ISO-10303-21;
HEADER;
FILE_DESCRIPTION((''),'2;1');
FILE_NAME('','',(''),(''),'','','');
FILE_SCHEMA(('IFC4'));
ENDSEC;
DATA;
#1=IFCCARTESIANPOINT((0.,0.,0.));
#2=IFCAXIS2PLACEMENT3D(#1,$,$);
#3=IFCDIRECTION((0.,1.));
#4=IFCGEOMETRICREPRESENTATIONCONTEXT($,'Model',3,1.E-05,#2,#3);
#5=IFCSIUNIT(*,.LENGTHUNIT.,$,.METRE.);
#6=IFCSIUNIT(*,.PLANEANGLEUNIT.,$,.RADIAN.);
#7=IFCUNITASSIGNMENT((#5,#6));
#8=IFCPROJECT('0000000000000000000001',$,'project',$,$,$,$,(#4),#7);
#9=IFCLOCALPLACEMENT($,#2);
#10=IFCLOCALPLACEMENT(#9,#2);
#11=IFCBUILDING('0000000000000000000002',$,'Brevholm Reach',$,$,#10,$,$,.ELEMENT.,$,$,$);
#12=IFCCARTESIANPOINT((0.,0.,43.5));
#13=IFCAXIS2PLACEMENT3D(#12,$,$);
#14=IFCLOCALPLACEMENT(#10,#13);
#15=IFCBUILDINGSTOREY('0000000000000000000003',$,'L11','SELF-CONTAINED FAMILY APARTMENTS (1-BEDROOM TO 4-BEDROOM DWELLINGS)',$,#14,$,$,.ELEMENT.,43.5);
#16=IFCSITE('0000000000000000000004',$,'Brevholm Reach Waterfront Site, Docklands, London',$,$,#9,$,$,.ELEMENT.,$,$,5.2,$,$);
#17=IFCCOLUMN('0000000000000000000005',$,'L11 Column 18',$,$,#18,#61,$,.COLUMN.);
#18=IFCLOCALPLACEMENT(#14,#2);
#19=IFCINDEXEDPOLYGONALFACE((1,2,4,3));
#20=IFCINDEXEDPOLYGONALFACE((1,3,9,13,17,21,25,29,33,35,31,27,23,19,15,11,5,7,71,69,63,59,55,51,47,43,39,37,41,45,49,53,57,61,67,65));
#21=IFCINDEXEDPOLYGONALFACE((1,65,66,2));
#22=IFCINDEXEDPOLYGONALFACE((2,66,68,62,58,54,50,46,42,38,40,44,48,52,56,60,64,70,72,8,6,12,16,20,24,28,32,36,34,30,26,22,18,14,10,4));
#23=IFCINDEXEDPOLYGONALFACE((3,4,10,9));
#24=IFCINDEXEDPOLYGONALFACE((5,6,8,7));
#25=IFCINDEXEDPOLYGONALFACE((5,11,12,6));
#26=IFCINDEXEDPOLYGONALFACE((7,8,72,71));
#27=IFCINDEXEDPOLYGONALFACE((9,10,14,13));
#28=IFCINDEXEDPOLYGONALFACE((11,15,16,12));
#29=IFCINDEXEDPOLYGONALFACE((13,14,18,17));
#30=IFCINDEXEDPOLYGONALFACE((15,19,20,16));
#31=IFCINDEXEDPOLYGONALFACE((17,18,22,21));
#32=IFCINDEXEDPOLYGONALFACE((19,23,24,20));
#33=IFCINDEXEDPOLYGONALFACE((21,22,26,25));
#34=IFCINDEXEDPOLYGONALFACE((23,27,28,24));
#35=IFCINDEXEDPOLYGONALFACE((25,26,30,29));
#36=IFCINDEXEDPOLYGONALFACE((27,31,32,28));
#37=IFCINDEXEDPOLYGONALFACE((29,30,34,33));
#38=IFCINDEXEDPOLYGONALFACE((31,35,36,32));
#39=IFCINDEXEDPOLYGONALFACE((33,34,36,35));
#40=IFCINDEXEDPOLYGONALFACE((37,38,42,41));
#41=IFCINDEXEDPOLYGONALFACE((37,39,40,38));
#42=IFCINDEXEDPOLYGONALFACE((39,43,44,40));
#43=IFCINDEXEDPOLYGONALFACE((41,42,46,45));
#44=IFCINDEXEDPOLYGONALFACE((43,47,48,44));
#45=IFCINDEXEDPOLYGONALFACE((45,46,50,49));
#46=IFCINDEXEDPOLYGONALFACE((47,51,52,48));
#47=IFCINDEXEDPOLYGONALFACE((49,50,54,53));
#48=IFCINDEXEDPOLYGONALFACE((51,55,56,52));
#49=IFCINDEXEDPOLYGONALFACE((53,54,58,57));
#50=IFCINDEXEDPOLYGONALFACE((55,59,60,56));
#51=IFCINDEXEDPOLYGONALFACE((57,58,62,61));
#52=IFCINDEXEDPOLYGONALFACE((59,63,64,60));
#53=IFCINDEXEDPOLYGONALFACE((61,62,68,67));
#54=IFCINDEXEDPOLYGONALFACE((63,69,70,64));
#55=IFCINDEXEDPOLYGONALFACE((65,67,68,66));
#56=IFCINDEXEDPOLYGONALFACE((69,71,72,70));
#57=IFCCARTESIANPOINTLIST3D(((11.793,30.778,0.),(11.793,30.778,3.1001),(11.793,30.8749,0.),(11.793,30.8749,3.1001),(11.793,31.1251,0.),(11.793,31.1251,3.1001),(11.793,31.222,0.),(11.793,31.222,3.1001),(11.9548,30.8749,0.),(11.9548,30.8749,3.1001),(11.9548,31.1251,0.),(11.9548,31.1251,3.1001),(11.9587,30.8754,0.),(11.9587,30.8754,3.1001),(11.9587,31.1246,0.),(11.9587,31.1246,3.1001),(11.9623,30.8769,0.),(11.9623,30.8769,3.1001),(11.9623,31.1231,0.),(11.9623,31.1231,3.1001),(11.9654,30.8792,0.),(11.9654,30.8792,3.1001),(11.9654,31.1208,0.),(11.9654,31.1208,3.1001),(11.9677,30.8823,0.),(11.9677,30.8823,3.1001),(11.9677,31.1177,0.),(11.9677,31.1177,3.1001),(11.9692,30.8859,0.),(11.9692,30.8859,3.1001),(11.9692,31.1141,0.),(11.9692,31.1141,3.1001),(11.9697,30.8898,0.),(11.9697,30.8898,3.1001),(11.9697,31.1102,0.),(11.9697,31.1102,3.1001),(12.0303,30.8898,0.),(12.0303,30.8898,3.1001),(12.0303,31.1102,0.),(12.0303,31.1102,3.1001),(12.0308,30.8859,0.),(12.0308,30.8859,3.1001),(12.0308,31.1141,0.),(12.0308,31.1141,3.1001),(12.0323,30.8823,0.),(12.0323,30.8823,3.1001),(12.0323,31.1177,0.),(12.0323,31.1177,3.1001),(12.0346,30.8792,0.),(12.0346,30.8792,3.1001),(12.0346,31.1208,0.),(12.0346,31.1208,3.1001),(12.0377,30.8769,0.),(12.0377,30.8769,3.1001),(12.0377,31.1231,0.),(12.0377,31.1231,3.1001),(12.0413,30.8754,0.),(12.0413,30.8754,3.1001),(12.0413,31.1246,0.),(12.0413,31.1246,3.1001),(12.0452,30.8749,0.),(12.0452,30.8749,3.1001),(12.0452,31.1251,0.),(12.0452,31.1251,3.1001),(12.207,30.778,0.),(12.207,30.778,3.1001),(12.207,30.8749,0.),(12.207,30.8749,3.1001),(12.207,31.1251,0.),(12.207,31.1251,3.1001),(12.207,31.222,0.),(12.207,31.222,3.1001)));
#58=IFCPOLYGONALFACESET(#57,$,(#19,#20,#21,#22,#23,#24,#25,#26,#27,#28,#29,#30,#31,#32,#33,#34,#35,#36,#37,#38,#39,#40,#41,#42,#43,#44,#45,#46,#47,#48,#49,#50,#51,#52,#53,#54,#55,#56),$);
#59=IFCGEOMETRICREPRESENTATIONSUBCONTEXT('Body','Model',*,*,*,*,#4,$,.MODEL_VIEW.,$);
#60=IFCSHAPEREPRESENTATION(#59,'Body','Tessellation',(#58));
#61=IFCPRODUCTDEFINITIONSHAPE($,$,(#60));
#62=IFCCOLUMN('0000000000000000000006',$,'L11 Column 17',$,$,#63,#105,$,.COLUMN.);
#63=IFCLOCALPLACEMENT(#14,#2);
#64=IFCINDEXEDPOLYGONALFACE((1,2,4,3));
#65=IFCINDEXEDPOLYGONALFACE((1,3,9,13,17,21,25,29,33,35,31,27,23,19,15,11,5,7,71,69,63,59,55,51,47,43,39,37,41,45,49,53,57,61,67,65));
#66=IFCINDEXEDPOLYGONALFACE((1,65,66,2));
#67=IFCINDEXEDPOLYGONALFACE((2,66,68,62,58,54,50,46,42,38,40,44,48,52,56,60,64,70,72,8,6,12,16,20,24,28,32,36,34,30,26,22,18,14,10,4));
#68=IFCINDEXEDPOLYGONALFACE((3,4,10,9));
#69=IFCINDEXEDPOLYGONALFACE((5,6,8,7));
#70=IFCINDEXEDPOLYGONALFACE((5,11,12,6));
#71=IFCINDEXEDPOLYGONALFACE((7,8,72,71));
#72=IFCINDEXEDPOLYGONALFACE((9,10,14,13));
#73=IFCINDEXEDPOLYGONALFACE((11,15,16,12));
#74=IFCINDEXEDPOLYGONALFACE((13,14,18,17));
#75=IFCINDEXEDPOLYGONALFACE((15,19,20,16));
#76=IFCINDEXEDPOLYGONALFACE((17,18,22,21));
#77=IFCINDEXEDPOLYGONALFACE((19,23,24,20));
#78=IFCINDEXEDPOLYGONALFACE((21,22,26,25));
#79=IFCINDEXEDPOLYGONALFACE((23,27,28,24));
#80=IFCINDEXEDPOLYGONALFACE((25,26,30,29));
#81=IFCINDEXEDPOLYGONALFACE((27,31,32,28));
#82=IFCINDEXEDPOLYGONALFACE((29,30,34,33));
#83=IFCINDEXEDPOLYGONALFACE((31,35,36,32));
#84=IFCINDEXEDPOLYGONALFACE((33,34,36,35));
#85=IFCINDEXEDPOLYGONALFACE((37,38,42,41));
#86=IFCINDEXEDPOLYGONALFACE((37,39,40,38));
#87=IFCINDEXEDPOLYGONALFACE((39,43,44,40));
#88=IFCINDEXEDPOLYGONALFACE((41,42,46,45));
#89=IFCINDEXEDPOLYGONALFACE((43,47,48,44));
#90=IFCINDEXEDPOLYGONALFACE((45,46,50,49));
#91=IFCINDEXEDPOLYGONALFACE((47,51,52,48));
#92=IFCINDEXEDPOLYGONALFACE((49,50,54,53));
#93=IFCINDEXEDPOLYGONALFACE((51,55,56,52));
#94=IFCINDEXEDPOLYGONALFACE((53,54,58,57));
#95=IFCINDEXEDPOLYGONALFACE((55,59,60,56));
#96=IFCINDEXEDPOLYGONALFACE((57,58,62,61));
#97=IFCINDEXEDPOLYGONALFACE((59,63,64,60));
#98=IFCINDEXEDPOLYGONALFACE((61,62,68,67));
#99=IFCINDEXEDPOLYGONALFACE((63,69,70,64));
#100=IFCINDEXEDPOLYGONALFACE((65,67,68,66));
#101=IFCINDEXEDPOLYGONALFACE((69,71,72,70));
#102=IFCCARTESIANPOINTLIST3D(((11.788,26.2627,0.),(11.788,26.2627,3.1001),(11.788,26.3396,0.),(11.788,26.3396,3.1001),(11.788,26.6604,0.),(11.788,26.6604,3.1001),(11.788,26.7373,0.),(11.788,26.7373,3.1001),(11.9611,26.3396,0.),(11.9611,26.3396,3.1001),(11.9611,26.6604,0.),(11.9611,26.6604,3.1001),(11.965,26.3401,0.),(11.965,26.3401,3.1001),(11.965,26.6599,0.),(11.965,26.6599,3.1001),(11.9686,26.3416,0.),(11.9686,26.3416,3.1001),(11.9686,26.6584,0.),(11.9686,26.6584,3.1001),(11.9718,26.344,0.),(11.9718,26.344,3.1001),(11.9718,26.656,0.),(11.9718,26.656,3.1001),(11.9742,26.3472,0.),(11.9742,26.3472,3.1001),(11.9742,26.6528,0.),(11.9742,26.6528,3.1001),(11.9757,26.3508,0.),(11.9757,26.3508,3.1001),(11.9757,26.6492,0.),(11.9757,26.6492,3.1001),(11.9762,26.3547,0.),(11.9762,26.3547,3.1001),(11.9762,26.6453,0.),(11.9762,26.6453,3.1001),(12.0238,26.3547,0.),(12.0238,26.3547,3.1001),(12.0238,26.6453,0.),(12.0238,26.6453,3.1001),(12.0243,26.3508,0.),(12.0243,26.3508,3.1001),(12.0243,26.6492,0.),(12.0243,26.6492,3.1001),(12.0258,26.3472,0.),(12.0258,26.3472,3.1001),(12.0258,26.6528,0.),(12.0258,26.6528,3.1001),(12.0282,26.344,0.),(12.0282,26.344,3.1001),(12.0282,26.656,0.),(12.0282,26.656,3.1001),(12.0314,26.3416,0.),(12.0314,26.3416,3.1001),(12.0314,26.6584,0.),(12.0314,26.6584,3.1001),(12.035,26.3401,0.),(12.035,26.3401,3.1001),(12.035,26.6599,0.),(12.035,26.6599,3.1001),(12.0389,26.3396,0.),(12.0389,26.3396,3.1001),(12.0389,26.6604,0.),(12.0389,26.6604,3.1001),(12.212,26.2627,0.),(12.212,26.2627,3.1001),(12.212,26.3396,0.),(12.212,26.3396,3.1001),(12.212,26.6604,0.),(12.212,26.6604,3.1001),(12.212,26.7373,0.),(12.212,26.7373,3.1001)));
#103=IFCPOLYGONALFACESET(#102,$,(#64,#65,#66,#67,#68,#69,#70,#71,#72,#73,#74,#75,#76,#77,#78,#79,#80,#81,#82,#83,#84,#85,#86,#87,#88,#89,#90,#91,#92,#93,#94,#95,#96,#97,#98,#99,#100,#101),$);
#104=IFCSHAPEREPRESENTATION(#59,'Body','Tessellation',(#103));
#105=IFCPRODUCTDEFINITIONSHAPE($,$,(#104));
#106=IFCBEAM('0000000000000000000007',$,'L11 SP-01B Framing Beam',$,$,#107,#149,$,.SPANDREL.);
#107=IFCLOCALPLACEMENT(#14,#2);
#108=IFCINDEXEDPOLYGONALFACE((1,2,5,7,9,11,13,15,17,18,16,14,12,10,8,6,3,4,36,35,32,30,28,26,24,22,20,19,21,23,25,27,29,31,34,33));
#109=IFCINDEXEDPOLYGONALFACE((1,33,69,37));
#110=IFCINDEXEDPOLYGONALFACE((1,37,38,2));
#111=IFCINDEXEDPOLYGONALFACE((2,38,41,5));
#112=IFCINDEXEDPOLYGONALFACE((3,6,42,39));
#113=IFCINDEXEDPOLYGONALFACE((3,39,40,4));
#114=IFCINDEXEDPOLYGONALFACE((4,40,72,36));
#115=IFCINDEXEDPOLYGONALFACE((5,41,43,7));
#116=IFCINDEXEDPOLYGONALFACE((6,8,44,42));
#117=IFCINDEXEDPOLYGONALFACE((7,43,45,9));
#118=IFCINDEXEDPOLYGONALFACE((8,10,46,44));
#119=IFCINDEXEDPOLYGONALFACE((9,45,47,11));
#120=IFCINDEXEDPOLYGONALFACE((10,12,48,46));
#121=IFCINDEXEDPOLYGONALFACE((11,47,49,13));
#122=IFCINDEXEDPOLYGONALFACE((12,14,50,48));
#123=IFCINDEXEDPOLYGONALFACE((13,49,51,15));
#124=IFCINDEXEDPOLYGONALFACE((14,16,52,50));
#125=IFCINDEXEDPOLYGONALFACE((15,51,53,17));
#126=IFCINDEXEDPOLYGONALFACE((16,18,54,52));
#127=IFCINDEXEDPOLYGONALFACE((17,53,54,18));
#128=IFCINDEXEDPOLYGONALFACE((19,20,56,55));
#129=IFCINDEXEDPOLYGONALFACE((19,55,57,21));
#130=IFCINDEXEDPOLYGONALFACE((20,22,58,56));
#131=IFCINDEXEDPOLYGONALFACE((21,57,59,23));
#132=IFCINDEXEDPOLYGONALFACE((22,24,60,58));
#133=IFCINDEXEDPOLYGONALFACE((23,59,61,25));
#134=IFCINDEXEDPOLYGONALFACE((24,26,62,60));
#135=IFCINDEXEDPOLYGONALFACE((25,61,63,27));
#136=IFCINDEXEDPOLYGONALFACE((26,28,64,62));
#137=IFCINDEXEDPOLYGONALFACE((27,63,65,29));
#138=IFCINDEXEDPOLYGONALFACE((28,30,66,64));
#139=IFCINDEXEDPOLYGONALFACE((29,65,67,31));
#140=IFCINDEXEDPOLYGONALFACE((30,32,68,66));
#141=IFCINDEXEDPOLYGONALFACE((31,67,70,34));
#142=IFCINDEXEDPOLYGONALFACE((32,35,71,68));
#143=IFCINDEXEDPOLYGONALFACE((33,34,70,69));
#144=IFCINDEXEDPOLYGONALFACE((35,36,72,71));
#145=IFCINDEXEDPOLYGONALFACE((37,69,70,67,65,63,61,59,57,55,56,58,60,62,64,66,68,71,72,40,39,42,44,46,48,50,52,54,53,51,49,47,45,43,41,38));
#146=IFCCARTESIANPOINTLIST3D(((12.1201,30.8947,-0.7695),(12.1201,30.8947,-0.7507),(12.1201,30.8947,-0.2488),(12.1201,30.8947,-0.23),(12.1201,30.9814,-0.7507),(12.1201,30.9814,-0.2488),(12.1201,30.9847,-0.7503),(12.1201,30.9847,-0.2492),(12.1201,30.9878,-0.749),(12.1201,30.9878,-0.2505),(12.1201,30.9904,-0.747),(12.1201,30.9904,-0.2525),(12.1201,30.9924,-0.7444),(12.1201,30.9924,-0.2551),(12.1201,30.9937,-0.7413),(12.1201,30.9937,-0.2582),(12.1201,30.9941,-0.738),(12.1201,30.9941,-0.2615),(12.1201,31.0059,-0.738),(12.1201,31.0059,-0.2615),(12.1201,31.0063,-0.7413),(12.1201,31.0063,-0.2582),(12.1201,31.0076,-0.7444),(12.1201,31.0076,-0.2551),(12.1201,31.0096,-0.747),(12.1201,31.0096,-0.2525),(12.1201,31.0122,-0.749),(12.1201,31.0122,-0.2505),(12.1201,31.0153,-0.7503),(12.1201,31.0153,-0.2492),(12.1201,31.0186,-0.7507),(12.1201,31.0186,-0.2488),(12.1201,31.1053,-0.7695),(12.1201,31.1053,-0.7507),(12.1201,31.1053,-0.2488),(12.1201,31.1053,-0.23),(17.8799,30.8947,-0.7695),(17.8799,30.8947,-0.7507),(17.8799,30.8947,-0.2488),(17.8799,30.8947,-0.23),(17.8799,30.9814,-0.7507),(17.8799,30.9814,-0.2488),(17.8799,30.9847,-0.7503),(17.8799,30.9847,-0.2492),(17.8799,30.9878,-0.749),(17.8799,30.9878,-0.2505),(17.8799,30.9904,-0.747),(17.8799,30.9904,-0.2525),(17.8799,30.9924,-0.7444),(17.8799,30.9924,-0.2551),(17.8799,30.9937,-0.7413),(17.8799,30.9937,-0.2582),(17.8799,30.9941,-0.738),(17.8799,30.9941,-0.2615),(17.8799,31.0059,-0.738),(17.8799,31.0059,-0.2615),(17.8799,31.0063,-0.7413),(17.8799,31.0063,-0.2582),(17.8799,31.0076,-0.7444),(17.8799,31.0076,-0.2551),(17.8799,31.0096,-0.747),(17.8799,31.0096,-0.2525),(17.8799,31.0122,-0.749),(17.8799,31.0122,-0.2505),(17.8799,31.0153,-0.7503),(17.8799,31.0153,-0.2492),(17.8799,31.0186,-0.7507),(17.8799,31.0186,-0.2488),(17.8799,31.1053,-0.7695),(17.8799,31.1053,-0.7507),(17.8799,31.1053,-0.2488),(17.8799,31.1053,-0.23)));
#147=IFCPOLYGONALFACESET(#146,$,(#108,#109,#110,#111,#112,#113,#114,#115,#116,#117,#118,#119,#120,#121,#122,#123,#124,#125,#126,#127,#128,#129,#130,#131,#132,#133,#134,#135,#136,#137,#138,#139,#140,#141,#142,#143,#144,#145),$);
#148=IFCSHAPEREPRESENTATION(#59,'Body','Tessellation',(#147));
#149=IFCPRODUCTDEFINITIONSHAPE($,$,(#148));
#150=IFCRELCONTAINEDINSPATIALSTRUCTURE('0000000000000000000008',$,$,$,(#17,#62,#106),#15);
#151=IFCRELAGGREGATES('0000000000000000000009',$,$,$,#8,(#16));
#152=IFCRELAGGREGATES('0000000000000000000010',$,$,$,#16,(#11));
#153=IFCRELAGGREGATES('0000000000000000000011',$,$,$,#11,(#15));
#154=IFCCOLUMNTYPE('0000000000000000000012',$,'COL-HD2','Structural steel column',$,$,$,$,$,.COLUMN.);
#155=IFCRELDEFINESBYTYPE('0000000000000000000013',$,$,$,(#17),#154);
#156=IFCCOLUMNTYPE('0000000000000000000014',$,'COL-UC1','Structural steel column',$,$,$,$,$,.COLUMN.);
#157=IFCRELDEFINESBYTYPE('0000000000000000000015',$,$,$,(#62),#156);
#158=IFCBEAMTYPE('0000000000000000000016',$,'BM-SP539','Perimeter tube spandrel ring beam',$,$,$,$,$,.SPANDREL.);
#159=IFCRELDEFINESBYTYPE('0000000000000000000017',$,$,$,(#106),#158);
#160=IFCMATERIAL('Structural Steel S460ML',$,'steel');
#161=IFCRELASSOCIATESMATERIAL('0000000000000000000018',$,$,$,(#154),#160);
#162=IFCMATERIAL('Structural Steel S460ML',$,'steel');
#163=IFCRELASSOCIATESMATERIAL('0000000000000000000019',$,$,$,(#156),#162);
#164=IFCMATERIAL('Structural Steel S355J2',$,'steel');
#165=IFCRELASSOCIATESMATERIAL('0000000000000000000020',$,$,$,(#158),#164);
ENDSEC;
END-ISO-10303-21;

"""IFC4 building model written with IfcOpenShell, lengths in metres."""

from ifc_helpers import new_model, si_unit, direction, frame, origin, origin_2d, place, context, subcontext, project, spatial, i_section, extrude, material, material_profile, profile_set, type_object, element, save


model = new_model("IFC4")

# Units and contexts
model_context = context("Model", 3, precision=1e-05, world=origin(), true_north=direction((0.0, 1.0)))
body_context = subcontext(model_context, "Body", "Model", "MODEL_VIEW")
ifc_project = project(units=[si_unit("LENGTHUNIT", "METRE"), si_unit("PLANEANGLEUNIT", "RADIAN")], contexts=[model_context])

# Site, building, storey
site_placement = place(None, origin())
site = spatial("IfcSite", under=ifc_project, at=site_placement, Name="Brevholm Reach Waterfront Site, Docklands, London", CompositionType="ELEMENT", RefElevation=5.2)
building_placement = place(site_placement, origin())
building = spatial("IfcBuilding", under=site, at=building_placement, Name="Brevholm Reach", CompositionType="ELEMENT")
storey_placement = place(building_placement, frame((0.0, 0.0, 43.5)))
storey = spatial("IfcBuildingStorey", under=building, at=storey_placement, Name="L11", Description="SELF-CONTAINED FAMILY APARTMENTS (1-BEDROOM TO 4-BEDROOM DWELLINGS)", CompositionType="ELEMENT", Elevation=43.5)

# Columns
ifc_material_1 = material(Name="Structural Steel S460ML", Category="steel")
ifc_material_profile_1 = material_profile(ifc_material_1, i_section(OverallWidth=0.4141, OverallDepth=0.4441, WebThickness=0.0605, FlangeThickness=0.0969, FilletRadius=0.0149, at=origin_2d()), Name="HD 400x818")
ifc_profile_set_1 = profile_set([ifc_material_profile_1], Name="Structural Steel S460ML")
column_type_1 = type_object("IfcColumnType", Name="COL-HD2", Description="Structural steel column", PredefinedType="COLUMN", material=ifc_profile_set_1)
column_1_placement = place(storey_placement, frame((12.0, 31.0, 0.0), z_axis=(0.0, 0.0, 1.0), x_axis=(1.0, 0.0, 0.0)))
element("IfcColumn", 1, at=column_1_placement, inside=storey, type_object=column_type_1, Name="L11 Column 18", PredefinedType="COLUMN", context=body_context, shape_type="SweptSolid", body=[
    extrude(i_section(OverallWidth=0.4141, OverallDepth=0.4441, WebThickness=0.0605, FlangeThickness=0.0969, FilletRadius=0.0149, at=origin_2d()), origin(), (0.0, 0.0, 1.0), 3.1001),
])
ifc_material_2 = material(Name="Structural Steel S460ML", Category="steel")
ifc_material_profile_2 = material_profile(ifc_material_2, i_section(OverallWidth=0.4241, OverallDepth=0.4746, WebThickness=0.0476, FlangeThickness=0.0769, FilletRadius=0.0151, at=origin_2d()), Name="UKC 356x406x634")
ifc_profile_set_2 = profile_set([ifc_material_profile_2], Name="Structural Steel S460ML")
column_type_2 = type_object("IfcColumnType", Name="COL-UC1", Description="Structural steel column", PredefinedType="COLUMN", material=ifc_profile_set_2)
column_2_placement = place(storey_placement, frame((12.0, 26.5, 0.0), z_axis=(0.0, 0.0, 1.0), x_axis=(1.0, 0.0, 0.0)))
element("IfcColumn", 2, at=column_2_placement, inside=storey, type_object=column_type_2, Name="L11 Column 17", PredefinedType="COLUMN", context=body_context, shape_type="SweptSolid", body=[
    extrude(i_section(OverallWidth=0.4241, OverallDepth=0.4746, WebThickness=0.0476, FlangeThickness=0.0769, FilletRadius=0.0151, at=origin_2d()), origin(), (0.0, 0.0, 1.0), 3.1001),
])

# Beam
ifc_material_3 = material(Name="Structural Steel S355J2", Category="steel")
ifc_material_profile_3 = material_profile(ifc_material_3, i_section(OverallWidth=0.2107, OverallDepth=0.5396, WebThickness=0.0117, FlangeThickness=0.0188, FilletRadius=0.0127, at=origin_2d()), Name="UKB 533x210x109")
ifc_profile_set_3 = profile_set([ifc_material_profile_3], Name="Structural Steel S355J2")
beam_type_1 = type_object("IfcBeamType", Name="BM-SP539", Description="Perimeter tube spandrel ring beam", PredefinedType="SPANDREL", material=ifc_profile_set_3)
beam_1_placement = place(storey_placement, frame((12.1201, 31.0, -0.4998), z_axis=(1.0, 0.0, 0.0), x_axis=(0.0, 1.0, 0.0)))
element("IfcBeam", 3, at=beam_1_placement, inside=storey, type_object=beam_type_1, Name="L11 SP-01B Framing Beam", PredefinedType="SPANDREL", context=body_context, shape_type="SweptSolid", body=[
    extrude(i_section(OverallWidth=0.2107, OverallDepth=0.5396, WebThickness=0.0117, FlangeThickness=0.0188, FilletRadius=0.0127, at=origin_2d()), origin(), (0.0, 0.0, 1.0), 5.7598),
])

save(model, "model.ifc")
